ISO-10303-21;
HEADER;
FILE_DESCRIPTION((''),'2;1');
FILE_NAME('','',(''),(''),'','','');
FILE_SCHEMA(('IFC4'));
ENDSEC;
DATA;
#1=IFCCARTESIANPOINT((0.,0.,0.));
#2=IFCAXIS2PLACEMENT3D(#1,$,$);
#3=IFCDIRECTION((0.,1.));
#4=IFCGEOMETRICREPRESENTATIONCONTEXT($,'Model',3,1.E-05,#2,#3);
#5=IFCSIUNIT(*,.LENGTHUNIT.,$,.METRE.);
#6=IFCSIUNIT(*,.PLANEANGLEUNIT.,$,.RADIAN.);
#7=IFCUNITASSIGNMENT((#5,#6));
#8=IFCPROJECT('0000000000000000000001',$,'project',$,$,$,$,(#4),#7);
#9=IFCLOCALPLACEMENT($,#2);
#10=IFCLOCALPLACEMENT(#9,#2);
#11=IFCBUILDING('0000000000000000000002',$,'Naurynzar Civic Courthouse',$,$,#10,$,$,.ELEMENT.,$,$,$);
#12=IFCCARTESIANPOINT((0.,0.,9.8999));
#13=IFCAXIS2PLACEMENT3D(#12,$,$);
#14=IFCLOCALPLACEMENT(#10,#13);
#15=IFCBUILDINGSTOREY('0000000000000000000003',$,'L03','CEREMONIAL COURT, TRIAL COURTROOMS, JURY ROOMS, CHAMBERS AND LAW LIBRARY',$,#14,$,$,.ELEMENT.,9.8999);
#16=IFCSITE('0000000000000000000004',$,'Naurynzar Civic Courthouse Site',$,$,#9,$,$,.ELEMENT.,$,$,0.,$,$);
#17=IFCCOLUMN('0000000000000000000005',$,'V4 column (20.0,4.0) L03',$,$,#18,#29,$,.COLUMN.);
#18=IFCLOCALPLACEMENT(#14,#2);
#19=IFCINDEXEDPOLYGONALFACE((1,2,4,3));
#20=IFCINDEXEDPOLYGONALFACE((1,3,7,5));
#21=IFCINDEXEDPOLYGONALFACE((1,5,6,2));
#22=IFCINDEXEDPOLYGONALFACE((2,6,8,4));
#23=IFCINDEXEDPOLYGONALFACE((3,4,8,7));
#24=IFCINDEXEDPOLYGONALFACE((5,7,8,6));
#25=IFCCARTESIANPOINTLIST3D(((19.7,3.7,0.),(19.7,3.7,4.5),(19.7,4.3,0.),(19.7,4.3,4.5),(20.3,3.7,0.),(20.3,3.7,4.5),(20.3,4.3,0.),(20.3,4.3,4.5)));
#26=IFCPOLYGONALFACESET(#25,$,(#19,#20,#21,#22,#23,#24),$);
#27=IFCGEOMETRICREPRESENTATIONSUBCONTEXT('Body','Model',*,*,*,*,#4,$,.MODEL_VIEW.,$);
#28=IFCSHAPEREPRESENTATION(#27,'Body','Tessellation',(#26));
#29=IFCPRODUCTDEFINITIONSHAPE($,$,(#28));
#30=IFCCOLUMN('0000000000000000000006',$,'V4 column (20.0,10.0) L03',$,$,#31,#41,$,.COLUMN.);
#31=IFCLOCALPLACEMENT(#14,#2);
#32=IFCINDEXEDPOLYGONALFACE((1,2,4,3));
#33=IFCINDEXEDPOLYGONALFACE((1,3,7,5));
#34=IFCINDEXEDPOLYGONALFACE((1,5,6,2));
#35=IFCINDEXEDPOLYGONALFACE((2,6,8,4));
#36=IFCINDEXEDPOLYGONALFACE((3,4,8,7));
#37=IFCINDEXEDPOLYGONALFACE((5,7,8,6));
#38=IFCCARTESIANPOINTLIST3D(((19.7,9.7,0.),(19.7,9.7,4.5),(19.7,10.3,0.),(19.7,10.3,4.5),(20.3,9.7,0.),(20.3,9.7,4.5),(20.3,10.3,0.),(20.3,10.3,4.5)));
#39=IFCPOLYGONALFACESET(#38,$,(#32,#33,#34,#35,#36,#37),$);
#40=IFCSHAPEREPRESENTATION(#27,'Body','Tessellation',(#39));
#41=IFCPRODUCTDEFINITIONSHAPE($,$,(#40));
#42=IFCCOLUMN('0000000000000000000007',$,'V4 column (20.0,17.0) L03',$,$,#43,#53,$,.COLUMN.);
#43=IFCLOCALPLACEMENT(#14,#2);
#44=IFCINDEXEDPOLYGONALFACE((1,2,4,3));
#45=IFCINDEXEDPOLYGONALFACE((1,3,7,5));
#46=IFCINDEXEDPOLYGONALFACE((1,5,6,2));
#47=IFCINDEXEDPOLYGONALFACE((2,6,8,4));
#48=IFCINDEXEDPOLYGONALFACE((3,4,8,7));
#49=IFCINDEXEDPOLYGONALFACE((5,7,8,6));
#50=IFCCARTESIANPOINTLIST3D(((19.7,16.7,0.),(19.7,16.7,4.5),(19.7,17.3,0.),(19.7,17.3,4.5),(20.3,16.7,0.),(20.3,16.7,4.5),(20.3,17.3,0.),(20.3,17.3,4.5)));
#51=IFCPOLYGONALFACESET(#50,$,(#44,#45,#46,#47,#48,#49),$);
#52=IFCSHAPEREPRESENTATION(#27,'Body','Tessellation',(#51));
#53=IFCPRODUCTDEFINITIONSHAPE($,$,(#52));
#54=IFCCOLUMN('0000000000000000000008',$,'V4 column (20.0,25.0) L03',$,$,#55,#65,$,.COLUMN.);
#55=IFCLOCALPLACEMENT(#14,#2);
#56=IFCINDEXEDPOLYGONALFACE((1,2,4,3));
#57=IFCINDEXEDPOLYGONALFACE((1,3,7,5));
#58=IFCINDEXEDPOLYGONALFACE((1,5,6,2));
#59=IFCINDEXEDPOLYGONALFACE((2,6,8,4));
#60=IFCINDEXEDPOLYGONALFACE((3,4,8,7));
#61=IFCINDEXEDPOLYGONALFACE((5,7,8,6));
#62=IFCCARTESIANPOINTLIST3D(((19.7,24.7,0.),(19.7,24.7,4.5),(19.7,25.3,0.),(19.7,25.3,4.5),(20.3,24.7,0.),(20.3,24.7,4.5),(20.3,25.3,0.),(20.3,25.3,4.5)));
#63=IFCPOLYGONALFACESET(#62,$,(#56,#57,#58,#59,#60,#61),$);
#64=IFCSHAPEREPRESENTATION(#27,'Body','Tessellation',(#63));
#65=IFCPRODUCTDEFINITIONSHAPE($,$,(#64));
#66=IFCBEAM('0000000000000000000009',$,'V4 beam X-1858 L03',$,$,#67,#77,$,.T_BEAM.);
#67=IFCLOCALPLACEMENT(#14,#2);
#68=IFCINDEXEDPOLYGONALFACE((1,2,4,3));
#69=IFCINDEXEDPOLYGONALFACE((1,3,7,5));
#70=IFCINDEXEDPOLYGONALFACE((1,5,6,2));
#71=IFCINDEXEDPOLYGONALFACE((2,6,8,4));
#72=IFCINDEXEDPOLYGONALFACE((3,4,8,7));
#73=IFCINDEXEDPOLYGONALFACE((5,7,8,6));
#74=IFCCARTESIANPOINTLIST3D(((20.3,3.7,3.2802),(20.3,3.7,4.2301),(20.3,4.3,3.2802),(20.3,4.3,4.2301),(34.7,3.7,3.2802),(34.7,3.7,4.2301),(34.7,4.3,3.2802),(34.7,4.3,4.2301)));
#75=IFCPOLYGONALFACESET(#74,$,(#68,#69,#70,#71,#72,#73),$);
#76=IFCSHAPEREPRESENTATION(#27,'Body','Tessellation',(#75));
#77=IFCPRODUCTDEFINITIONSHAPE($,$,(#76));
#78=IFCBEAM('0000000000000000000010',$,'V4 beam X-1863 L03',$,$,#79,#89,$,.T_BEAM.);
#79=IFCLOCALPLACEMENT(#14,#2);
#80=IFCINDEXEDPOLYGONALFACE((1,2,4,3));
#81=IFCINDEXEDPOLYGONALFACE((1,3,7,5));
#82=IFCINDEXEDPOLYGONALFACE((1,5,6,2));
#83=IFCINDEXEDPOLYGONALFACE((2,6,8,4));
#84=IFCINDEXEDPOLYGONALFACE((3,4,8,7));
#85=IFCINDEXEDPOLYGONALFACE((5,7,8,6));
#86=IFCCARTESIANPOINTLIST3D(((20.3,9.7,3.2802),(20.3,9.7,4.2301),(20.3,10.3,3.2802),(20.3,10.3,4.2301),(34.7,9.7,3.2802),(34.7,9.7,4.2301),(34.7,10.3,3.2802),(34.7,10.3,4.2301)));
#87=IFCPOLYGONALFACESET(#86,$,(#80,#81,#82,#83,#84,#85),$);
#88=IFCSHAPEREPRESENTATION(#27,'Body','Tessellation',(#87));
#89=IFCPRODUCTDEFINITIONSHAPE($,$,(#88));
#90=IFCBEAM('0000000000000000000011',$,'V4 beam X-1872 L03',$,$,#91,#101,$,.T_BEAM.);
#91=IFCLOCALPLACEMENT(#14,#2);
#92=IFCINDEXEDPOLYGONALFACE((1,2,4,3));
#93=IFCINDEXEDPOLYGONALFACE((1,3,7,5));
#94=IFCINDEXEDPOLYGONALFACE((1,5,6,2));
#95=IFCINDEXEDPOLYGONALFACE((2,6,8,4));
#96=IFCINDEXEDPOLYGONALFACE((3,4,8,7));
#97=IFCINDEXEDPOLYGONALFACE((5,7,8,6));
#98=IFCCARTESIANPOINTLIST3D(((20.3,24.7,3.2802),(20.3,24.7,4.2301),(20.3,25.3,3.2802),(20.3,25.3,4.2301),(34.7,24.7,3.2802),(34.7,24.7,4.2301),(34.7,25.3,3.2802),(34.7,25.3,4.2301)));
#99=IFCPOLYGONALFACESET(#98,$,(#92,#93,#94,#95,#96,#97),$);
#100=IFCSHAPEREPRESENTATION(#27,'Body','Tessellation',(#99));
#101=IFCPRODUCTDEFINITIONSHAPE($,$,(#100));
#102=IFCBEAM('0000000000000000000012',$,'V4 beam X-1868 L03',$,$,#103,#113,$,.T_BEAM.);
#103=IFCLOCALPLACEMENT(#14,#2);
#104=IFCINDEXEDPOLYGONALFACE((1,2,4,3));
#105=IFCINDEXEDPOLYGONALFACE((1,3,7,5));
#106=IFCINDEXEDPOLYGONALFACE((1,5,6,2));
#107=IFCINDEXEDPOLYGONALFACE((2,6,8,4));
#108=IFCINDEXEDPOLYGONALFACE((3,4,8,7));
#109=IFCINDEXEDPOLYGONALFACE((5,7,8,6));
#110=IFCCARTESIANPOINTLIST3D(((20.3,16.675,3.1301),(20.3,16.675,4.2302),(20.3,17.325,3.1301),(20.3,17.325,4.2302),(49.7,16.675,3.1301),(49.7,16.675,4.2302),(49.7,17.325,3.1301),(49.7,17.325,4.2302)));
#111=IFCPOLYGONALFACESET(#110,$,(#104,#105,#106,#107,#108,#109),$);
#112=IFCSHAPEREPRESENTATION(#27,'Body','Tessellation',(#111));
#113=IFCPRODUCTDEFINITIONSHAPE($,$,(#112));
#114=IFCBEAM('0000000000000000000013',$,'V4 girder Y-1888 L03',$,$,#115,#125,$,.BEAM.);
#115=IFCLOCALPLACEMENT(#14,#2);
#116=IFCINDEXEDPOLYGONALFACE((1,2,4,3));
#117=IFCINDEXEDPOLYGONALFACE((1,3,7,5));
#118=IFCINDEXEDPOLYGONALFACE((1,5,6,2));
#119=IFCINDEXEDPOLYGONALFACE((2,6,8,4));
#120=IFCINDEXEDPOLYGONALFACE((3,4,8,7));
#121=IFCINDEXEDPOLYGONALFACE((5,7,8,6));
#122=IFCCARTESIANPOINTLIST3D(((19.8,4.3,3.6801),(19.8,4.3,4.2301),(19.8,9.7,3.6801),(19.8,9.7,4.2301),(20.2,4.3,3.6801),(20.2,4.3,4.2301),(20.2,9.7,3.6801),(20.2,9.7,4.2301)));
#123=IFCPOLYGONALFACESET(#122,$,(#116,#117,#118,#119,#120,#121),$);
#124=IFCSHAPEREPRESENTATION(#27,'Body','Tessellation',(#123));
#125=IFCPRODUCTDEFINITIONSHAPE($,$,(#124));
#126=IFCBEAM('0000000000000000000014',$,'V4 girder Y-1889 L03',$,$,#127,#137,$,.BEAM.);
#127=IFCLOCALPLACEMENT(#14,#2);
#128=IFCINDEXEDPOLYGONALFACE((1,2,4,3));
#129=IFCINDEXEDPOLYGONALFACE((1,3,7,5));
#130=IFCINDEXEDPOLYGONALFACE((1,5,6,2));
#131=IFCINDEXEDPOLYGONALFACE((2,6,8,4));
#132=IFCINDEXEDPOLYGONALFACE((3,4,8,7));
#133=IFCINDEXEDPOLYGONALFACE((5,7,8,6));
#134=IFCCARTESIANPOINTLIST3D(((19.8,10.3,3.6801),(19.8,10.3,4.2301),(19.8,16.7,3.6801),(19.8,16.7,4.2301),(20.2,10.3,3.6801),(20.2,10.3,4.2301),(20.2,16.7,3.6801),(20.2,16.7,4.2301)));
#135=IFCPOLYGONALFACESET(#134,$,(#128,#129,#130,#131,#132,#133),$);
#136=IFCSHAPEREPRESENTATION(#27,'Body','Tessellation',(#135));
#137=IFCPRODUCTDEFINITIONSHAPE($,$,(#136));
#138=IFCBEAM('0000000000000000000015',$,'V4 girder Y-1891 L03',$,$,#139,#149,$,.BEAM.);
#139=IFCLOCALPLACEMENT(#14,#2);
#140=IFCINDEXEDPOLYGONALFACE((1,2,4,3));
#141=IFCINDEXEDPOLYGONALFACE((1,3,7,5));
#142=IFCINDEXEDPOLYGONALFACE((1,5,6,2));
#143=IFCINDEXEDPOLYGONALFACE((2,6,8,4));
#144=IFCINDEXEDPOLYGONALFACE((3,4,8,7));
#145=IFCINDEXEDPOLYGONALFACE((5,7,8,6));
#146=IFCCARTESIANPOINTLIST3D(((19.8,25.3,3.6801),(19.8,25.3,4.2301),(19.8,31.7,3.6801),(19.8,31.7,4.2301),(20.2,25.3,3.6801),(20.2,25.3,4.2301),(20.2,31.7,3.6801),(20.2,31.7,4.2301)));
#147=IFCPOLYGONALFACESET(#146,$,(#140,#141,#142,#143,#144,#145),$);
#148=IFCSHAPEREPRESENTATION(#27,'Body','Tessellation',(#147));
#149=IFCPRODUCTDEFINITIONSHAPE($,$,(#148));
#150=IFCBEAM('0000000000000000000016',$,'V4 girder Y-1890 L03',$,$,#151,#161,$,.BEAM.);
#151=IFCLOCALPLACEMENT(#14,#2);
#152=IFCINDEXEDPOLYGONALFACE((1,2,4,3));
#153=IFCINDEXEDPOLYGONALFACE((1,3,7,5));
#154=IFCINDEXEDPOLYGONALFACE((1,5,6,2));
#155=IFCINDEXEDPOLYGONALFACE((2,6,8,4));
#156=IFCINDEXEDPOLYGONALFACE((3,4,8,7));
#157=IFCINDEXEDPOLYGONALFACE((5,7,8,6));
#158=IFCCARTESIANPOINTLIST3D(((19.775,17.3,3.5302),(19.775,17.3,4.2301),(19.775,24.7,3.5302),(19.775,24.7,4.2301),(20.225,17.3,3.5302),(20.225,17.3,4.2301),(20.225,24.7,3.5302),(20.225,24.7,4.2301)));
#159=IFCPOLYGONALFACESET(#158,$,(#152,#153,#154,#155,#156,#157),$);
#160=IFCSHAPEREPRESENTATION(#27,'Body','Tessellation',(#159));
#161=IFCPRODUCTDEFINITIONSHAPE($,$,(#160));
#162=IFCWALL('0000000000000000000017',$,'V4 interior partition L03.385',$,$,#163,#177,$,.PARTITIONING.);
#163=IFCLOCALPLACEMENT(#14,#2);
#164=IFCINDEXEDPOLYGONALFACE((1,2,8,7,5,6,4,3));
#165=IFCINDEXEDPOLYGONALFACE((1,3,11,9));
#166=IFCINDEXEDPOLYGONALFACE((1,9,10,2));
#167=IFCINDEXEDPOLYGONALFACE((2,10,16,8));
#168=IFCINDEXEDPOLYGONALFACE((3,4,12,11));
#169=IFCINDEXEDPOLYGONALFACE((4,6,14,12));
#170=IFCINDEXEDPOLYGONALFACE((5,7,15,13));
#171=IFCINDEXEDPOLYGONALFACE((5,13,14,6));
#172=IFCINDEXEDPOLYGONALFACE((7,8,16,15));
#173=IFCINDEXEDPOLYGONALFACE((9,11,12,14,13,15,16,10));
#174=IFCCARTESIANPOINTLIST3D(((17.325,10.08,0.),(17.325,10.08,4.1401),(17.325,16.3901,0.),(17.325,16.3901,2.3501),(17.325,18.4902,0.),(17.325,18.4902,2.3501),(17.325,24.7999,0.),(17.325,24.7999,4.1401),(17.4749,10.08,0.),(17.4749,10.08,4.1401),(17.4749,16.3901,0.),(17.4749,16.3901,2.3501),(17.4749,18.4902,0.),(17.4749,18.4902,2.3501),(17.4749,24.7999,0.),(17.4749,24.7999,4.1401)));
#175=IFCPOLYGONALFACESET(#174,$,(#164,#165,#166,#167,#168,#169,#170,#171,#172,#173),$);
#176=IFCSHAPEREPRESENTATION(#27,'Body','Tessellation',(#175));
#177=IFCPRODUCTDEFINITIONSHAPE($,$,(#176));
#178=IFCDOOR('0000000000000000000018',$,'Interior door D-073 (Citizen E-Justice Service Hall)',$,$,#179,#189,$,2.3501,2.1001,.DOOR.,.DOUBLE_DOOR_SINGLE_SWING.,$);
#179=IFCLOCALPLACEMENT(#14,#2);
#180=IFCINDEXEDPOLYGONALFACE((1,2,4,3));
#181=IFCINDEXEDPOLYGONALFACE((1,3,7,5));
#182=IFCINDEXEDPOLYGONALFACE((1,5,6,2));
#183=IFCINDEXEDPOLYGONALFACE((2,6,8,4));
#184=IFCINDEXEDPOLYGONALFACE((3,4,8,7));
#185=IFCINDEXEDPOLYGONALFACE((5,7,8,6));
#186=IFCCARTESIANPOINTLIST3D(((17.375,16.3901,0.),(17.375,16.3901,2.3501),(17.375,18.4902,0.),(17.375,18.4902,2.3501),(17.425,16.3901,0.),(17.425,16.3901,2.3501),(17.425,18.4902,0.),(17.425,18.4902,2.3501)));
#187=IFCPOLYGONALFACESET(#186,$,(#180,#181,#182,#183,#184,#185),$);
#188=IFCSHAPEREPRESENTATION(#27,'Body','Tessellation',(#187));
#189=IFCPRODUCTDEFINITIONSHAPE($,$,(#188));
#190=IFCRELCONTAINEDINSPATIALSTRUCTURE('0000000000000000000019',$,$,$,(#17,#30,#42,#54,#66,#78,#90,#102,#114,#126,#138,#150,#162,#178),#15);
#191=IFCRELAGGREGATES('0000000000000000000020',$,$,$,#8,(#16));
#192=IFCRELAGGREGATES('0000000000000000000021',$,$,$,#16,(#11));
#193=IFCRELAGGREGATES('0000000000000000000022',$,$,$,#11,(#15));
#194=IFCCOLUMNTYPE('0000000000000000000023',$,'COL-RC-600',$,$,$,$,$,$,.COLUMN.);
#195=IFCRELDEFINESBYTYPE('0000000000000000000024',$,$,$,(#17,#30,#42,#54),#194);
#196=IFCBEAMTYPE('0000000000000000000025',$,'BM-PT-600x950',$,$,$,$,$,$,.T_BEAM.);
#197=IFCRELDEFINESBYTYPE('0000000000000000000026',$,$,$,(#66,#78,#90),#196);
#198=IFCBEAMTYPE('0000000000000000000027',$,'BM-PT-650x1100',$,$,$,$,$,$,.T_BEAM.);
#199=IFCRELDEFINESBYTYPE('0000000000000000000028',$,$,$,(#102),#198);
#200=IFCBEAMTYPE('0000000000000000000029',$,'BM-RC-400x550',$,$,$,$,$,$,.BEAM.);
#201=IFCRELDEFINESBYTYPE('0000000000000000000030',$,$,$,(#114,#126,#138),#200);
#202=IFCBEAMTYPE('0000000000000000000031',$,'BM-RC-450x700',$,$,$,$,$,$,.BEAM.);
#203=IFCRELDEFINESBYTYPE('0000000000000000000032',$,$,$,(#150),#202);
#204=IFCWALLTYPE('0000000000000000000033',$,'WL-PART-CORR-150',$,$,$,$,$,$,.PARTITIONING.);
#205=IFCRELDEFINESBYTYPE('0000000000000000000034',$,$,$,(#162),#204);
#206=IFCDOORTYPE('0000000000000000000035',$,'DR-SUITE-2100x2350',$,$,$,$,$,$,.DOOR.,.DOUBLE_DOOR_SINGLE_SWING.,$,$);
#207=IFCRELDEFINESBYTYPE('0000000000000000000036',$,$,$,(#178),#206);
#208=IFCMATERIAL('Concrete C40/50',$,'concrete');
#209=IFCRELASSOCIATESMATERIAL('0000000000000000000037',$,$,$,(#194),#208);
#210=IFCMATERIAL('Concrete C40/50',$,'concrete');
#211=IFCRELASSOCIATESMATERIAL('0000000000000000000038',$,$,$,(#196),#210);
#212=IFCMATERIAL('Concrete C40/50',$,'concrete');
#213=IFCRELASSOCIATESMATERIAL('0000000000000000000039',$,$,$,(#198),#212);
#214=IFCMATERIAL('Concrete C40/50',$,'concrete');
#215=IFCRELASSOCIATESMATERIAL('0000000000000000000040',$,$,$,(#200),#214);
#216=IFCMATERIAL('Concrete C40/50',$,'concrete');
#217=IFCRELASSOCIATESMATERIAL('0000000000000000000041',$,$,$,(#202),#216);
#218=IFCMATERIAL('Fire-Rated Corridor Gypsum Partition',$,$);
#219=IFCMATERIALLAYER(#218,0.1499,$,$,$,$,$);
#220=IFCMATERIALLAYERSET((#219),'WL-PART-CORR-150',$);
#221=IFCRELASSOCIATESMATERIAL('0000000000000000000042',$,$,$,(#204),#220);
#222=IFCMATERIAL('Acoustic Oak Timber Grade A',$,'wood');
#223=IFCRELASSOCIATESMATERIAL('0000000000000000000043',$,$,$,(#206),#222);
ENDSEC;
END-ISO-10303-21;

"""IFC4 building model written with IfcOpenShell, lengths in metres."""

from ifc_helpers import new_model, si_unit, direction, frame, frame_2d, origin, origin_2d, place, context, subcontext, project, spatial, rectangle, extrude, material, layer, layer_set, material_profile, profile_set, type_object, element, fill, save


model = new_model("IFC4")

# Units and contexts
model_context = context("Model", 3, precision=1e-05, world=origin(), true_north=direction((0.0, 1.0)))
body_context = subcontext(model_context, "Body", "Model", "MODEL_VIEW")
ifc_project = project(units=[si_unit("LENGTHUNIT", "METRE"), si_unit("PLANEANGLEUNIT", "RADIAN")], contexts=[model_context])

# Site, building, storey
site_placement = place(None, origin())
site = spatial("IfcSite", under=ifc_project, at=site_placement, Name="Naurynzar Civic Courthouse Site", CompositionType="ELEMENT", RefElevation=0.0)
building_placement = place(site_placement, origin())
building = spatial("IfcBuilding", under=site, at=building_placement, Name="Naurynzar Civic Courthouse", CompositionType="ELEMENT")
storey_placement = place(building_placement, frame((0.0, 0.0, 9.8999)))
storey = spatial("IfcBuildingStorey", under=building, at=storey_placement, Name="L03", Description="CEREMONIAL COURT, TRIAL COURTROOMS, JURY ROOMS, CHAMBERS AND LAW LIBRARY", CompositionType="ELEMENT", Elevation=9.8999)

# Columns
ifc_material_1 = material(Name="Concrete C40/50", Category="concrete")
ifc_material_profile_1 = material_profile(ifc_material_1, rectangle(XDim=0.6001, YDim=0.6001, at=origin_2d()), Name="RC 600x600")
ifc_profile_set_1 = profile_set([ifc_material_profile_1], Name="Concrete C40/50")
column_type = type_object("IfcColumnType", Name="COL-RC-600", PredefinedType="COLUMN", material=ifc_profile_set_1)
for number, where, z_axis, x_axis, name in (
    (1, (20.0, 4.0, 0.0), (0.0, 0.0, 1.0), (1.0, 0.0, 0.0), "V4 column (20.0,4.0) L03"),
    (2, (20.0, 10.0, 0.0), (0.0, 0.0, 1.0), (1.0, 0.0, 0.0), "V4 column (20.0,10.0) L03"),
    (3, (20.0, 17.0, 0.0), (0.0, 0.0, 1.0), (1.0, 0.0, 0.0), "V4 column (20.0,17.0) L03"),
    (4, (20.0, 25.0, 0.0), (0.0, 0.0, 1.0), (1.0, 0.0, 0.0), "V4 column (20.0,25.0) L03"),
):
    element("IfcColumn", number, at=place(storey_placement, frame(where, z_axis=z_axis, x_axis=x_axis)), inside=storey, type_object=column_type, Name=name, PredefinedType="COLUMN", context=body_context, shape_type="SweptSolid", body=[
        extrude(rectangle(XDim=0.6001, YDim=0.6001, at=origin_2d()), origin(), (0.0, 0.0, 1.0), 4.5),
    ])

# Beams
ifc_material_2 = material(Name="Concrete C40/50", Category="concrete")
ifc_material_profile_2 = material_profile(ifc_material_2, rectangle(XDim=0.6001, YDim=0.95, at=origin_2d()), Name="PTB 600x950")
ifc_profile_set_2 = profile_set([ifc_material_profile_2], Name="Concrete C40/50")
beam_type_1 = type_object("IfcBeamType", Name="BM-PT-600x950", PredefinedType="T_BEAM", material=ifc_profile_set_2)
for number, where, z_axis, x_axis, name in (
    (5, (20.3, 4.0, 3.7551), (1.0, 0.0, 0.0), (0.0, 1.0, 0.0), "V4 beam X-1858 L03"),
    (6, (20.3, 10.0, 3.7551), (1.0, 0.0, 0.0), (0.0, 1.0, 0.0), "V4 beam X-1863 L03"),
    (7, (20.3, 25.0, 3.7551), (1.0, 0.0, 0.0), (0.0, 1.0, 0.0), "V4 beam X-1872 L03"),
):
    element("IfcBeam", number, at=place(storey_placement, frame(where, z_axis=z_axis, x_axis=x_axis)), inside=storey, type_object=beam_type_1, Name=name, PredefinedType="T_BEAM", context=body_context, shape_type="SweptSolid", body=[
        extrude(rectangle(XDim=0.6001, YDim=0.95, at=origin_2d()), origin(), (0.0, 0.0, 1.0), 14.3999),
    ])
ifc_material_3 = material(Name="Concrete C40/50", Category="concrete")
ifc_material_profile_3 = material_profile(ifc_material_3, rectangle(XDim=0.6499, YDim=1.1001, at=origin_2d()), Name="PTB 650x1100")
ifc_profile_set_3 = profile_set([ifc_material_profile_3], Name="Concrete C40/50")
beam_type_2 = type_object("IfcBeamType", Name="BM-PT-650x1100", PredefinedType="T_BEAM", material=ifc_profile_set_3)
beam_1_placement = place(storey_placement, frame((20.3, 17.0, 3.6802), z_axis=(1.0, 0.0, 0.0), x_axis=(0.0, 1.0, 0.0)))
element("IfcBeam", 8, at=beam_1_placement, inside=storey, type_object=beam_type_2, Name="V4 beam X-1868 L03", PredefinedType="T_BEAM", context=body_context, shape_type="SweptSolid", body=[
    extrude(rectangle(XDim=0.6499, YDim=1.1001, at=origin_2d()), origin(), (0.0, 0.0, 1.0), 29.3999),
])
ifc_material_4 = material(Name="Concrete C40/50", Category="concrete")
ifc_material_profile_4 = material_profile(ifc_material_4, rectangle(XDim=0.3999, YDim=0.55, at=origin_2d()), Name="RCB 400x550")
ifc_profile_set_4 = profile_set([ifc_material_profile_4], Name="Concrete C40/50")
beam_type_3 = type_object("IfcBeamType", Name="BM-RC-400x550", PredefinedType="BEAM", material=ifc_profile_set_4)
beam_2_placement = place(storey_placement, frame((20.0, 4.3, 3.9551), z_axis=(0.0, 1.0, 0.0), x_axis=(-1.0, 0.0, 0.0)))
element("IfcBeam", 9, at=beam_2_placement, inside=storey, type_object=beam_type_3, Name="V4 girder Y-1888 L03", PredefinedType="BEAM", context=body_context, shape_type="SweptSolid", body=[
    extrude(rectangle(XDim=0.3999, YDim=0.55, at=origin_2d()), origin(), (0.0, 0.0, 1.0), 5.3999),
])
for number, where, z_axis, x_axis, name in (
    (10, (20.0, 10.3, 3.9551), (0.0, 1.0, 0.0), (-1.0, 0.0, 0.0), "V4 girder Y-1889 L03"),
    (11, (20.0, 25.3, 3.9551), (0.0, 1.0, 0.0), (-1.0, 0.0, 0.0), "V4 girder Y-1891 L03"),
):
    element("IfcBeam", number, at=place(storey_placement, frame(where, z_axis=z_axis, x_axis=x_axis)), inside=storey, type_object=beam_type_3, Name=name, PredefinedType="BEAM", context=body_context, shape_type="SweptSolid", body=[
        extrude(rectangle(XDim=0.3999, YDim=0.55, at=origin_2d()), origin(), (0.0, 0.0, 1.0), 6.3999),
    ])
ifc_material_5 = material(Name="Concrete C40/50", Category="concrete")
ifc_material_profile_5 = material_profile(ifc_material_5, rectangle(XDim=0.45, YDim=0.7, at=origin_2d()), Name="RCB 450x700")
ifc_profile_set_5 = profile_set([ifc_material_profile_5], Name="Concrete C40/50")
beam_type_4 = type_object("IfcBeamType", Name="BM-RC-450x700", PredefinedType="BEAM", material=ifc_profile_set_5)
beam_3_placement = place(storey_placement, frame((20.0, 17.3, 3.8801), z_axis=(0.0, 1.0, 0.0), x_axis=(-1.0, 0.0, 0.0)))
element("IfcBeam", 12, at=beam_3_placement, inside=storey, type_object=beam_type_4, Name="V4 girder Y-1890 L03", PredefinedType="BEAM", context=body_context, shape_type="SweptSolid", body=[
    extrude(rectangle(XDim=0.45, YDim=0.7, at=origin_2d()), origin(), (0.0, 0.0, 1.0), 7.3999),
])

# Wall, opening, door
ifc_material_6 = material(Name="Fire-Rated Corridor Gypsum Partition")
ifc_layer_1 = layer(ifc_material_6, 0.1499)
ifc_layer_set_1 = layer_set([ifc_layer_1], Name="WL-PART-CORR-150")
wall_type_1 = type_object("IfcWallType", Name="WL-PART-CORR-150", PredefinedType="PARTITIONING", material=ifc_layer_set_1)
wall_1_placement = place(storey_placement, frame((17.3999, 10.0801, 0.0), z_axis=(0.0, 0.0, 1.0), x_axis=(0.0, 1.0, 0.0)))
wall_1 = element("IfcWall", 13, at=wall_1_placement, inside=storey, type_object=wall_type_1, Name="V4 interior partition L03.385", PredefinedType="PARTITIONING", context=body_context, shape_type="SweptSolid", body=[
    extrude(rectangle(XDim=14.72, YDim=0.1499, at=frame_2d((7.3599, 0.0))), origin(), (0.0, 0.0, 1.0), 4.1401),
])
opening_1_placement = place(wall_1_placement, frame((6.3101, 0.0, 0.0)))
opening_1 = element("IfcOpeningElement", 14, at=opening_1_placement, cuts=wall_1, PredefinedType="OPENING", context=body_context, shape_type="SweptSolid", body=[
    extrude(rectangle(XDim=2.1001, YDim=2.3501, at=frame_2d((1.05, 1.175))), frame((0.0, 0.085, 0.0), z_axis=(0.0, -1.0, 0.0), x_axis=(1.0, 0.0, 0.0)), (0.0, 0.0, 1.0), 0.1699),
])
ifc_material_7 = material(Name="Acoustic Oak Timber Grade A", Category="wood")
door_type_1 = type_object("IfcDoorType", Name="DR-SUITE-2100x2350", OperationType="DOUBLE_DOOR_SINGLE_SWING", PredefinedType="DOOR", material=ifc_material_7)
door_1_placement = place(opening_1_placement, origin())
door_1 = element("IfcDoor", 15, at=door_1_placement, inside=storey, type_object=door_type_1, Name="Interior door D-073 (Citizen E-Justice Service Hall)", OperationType="DOUBLE_DOOR_SINGLE_SWING", OverallHeight=2.3501, OverallWidth=2.1001, PredefinedType="DOOR", context=body_context, shape_type="SweptSolid", body=[
    extrude(rectangle(XDim=2.1001, YDim=2.3501, at=frame_2d((1.05, 1.175))), frame((0.0, 0.0249, 0.0), z_axis=(0.0, -1.0, 0.0), x_axis=(1.0, 0.0, 0.0)), (0.0, 0.0, 1.0), 0.05),
])
fill(opening_1, door_1)

save(model, "model.ifc")
